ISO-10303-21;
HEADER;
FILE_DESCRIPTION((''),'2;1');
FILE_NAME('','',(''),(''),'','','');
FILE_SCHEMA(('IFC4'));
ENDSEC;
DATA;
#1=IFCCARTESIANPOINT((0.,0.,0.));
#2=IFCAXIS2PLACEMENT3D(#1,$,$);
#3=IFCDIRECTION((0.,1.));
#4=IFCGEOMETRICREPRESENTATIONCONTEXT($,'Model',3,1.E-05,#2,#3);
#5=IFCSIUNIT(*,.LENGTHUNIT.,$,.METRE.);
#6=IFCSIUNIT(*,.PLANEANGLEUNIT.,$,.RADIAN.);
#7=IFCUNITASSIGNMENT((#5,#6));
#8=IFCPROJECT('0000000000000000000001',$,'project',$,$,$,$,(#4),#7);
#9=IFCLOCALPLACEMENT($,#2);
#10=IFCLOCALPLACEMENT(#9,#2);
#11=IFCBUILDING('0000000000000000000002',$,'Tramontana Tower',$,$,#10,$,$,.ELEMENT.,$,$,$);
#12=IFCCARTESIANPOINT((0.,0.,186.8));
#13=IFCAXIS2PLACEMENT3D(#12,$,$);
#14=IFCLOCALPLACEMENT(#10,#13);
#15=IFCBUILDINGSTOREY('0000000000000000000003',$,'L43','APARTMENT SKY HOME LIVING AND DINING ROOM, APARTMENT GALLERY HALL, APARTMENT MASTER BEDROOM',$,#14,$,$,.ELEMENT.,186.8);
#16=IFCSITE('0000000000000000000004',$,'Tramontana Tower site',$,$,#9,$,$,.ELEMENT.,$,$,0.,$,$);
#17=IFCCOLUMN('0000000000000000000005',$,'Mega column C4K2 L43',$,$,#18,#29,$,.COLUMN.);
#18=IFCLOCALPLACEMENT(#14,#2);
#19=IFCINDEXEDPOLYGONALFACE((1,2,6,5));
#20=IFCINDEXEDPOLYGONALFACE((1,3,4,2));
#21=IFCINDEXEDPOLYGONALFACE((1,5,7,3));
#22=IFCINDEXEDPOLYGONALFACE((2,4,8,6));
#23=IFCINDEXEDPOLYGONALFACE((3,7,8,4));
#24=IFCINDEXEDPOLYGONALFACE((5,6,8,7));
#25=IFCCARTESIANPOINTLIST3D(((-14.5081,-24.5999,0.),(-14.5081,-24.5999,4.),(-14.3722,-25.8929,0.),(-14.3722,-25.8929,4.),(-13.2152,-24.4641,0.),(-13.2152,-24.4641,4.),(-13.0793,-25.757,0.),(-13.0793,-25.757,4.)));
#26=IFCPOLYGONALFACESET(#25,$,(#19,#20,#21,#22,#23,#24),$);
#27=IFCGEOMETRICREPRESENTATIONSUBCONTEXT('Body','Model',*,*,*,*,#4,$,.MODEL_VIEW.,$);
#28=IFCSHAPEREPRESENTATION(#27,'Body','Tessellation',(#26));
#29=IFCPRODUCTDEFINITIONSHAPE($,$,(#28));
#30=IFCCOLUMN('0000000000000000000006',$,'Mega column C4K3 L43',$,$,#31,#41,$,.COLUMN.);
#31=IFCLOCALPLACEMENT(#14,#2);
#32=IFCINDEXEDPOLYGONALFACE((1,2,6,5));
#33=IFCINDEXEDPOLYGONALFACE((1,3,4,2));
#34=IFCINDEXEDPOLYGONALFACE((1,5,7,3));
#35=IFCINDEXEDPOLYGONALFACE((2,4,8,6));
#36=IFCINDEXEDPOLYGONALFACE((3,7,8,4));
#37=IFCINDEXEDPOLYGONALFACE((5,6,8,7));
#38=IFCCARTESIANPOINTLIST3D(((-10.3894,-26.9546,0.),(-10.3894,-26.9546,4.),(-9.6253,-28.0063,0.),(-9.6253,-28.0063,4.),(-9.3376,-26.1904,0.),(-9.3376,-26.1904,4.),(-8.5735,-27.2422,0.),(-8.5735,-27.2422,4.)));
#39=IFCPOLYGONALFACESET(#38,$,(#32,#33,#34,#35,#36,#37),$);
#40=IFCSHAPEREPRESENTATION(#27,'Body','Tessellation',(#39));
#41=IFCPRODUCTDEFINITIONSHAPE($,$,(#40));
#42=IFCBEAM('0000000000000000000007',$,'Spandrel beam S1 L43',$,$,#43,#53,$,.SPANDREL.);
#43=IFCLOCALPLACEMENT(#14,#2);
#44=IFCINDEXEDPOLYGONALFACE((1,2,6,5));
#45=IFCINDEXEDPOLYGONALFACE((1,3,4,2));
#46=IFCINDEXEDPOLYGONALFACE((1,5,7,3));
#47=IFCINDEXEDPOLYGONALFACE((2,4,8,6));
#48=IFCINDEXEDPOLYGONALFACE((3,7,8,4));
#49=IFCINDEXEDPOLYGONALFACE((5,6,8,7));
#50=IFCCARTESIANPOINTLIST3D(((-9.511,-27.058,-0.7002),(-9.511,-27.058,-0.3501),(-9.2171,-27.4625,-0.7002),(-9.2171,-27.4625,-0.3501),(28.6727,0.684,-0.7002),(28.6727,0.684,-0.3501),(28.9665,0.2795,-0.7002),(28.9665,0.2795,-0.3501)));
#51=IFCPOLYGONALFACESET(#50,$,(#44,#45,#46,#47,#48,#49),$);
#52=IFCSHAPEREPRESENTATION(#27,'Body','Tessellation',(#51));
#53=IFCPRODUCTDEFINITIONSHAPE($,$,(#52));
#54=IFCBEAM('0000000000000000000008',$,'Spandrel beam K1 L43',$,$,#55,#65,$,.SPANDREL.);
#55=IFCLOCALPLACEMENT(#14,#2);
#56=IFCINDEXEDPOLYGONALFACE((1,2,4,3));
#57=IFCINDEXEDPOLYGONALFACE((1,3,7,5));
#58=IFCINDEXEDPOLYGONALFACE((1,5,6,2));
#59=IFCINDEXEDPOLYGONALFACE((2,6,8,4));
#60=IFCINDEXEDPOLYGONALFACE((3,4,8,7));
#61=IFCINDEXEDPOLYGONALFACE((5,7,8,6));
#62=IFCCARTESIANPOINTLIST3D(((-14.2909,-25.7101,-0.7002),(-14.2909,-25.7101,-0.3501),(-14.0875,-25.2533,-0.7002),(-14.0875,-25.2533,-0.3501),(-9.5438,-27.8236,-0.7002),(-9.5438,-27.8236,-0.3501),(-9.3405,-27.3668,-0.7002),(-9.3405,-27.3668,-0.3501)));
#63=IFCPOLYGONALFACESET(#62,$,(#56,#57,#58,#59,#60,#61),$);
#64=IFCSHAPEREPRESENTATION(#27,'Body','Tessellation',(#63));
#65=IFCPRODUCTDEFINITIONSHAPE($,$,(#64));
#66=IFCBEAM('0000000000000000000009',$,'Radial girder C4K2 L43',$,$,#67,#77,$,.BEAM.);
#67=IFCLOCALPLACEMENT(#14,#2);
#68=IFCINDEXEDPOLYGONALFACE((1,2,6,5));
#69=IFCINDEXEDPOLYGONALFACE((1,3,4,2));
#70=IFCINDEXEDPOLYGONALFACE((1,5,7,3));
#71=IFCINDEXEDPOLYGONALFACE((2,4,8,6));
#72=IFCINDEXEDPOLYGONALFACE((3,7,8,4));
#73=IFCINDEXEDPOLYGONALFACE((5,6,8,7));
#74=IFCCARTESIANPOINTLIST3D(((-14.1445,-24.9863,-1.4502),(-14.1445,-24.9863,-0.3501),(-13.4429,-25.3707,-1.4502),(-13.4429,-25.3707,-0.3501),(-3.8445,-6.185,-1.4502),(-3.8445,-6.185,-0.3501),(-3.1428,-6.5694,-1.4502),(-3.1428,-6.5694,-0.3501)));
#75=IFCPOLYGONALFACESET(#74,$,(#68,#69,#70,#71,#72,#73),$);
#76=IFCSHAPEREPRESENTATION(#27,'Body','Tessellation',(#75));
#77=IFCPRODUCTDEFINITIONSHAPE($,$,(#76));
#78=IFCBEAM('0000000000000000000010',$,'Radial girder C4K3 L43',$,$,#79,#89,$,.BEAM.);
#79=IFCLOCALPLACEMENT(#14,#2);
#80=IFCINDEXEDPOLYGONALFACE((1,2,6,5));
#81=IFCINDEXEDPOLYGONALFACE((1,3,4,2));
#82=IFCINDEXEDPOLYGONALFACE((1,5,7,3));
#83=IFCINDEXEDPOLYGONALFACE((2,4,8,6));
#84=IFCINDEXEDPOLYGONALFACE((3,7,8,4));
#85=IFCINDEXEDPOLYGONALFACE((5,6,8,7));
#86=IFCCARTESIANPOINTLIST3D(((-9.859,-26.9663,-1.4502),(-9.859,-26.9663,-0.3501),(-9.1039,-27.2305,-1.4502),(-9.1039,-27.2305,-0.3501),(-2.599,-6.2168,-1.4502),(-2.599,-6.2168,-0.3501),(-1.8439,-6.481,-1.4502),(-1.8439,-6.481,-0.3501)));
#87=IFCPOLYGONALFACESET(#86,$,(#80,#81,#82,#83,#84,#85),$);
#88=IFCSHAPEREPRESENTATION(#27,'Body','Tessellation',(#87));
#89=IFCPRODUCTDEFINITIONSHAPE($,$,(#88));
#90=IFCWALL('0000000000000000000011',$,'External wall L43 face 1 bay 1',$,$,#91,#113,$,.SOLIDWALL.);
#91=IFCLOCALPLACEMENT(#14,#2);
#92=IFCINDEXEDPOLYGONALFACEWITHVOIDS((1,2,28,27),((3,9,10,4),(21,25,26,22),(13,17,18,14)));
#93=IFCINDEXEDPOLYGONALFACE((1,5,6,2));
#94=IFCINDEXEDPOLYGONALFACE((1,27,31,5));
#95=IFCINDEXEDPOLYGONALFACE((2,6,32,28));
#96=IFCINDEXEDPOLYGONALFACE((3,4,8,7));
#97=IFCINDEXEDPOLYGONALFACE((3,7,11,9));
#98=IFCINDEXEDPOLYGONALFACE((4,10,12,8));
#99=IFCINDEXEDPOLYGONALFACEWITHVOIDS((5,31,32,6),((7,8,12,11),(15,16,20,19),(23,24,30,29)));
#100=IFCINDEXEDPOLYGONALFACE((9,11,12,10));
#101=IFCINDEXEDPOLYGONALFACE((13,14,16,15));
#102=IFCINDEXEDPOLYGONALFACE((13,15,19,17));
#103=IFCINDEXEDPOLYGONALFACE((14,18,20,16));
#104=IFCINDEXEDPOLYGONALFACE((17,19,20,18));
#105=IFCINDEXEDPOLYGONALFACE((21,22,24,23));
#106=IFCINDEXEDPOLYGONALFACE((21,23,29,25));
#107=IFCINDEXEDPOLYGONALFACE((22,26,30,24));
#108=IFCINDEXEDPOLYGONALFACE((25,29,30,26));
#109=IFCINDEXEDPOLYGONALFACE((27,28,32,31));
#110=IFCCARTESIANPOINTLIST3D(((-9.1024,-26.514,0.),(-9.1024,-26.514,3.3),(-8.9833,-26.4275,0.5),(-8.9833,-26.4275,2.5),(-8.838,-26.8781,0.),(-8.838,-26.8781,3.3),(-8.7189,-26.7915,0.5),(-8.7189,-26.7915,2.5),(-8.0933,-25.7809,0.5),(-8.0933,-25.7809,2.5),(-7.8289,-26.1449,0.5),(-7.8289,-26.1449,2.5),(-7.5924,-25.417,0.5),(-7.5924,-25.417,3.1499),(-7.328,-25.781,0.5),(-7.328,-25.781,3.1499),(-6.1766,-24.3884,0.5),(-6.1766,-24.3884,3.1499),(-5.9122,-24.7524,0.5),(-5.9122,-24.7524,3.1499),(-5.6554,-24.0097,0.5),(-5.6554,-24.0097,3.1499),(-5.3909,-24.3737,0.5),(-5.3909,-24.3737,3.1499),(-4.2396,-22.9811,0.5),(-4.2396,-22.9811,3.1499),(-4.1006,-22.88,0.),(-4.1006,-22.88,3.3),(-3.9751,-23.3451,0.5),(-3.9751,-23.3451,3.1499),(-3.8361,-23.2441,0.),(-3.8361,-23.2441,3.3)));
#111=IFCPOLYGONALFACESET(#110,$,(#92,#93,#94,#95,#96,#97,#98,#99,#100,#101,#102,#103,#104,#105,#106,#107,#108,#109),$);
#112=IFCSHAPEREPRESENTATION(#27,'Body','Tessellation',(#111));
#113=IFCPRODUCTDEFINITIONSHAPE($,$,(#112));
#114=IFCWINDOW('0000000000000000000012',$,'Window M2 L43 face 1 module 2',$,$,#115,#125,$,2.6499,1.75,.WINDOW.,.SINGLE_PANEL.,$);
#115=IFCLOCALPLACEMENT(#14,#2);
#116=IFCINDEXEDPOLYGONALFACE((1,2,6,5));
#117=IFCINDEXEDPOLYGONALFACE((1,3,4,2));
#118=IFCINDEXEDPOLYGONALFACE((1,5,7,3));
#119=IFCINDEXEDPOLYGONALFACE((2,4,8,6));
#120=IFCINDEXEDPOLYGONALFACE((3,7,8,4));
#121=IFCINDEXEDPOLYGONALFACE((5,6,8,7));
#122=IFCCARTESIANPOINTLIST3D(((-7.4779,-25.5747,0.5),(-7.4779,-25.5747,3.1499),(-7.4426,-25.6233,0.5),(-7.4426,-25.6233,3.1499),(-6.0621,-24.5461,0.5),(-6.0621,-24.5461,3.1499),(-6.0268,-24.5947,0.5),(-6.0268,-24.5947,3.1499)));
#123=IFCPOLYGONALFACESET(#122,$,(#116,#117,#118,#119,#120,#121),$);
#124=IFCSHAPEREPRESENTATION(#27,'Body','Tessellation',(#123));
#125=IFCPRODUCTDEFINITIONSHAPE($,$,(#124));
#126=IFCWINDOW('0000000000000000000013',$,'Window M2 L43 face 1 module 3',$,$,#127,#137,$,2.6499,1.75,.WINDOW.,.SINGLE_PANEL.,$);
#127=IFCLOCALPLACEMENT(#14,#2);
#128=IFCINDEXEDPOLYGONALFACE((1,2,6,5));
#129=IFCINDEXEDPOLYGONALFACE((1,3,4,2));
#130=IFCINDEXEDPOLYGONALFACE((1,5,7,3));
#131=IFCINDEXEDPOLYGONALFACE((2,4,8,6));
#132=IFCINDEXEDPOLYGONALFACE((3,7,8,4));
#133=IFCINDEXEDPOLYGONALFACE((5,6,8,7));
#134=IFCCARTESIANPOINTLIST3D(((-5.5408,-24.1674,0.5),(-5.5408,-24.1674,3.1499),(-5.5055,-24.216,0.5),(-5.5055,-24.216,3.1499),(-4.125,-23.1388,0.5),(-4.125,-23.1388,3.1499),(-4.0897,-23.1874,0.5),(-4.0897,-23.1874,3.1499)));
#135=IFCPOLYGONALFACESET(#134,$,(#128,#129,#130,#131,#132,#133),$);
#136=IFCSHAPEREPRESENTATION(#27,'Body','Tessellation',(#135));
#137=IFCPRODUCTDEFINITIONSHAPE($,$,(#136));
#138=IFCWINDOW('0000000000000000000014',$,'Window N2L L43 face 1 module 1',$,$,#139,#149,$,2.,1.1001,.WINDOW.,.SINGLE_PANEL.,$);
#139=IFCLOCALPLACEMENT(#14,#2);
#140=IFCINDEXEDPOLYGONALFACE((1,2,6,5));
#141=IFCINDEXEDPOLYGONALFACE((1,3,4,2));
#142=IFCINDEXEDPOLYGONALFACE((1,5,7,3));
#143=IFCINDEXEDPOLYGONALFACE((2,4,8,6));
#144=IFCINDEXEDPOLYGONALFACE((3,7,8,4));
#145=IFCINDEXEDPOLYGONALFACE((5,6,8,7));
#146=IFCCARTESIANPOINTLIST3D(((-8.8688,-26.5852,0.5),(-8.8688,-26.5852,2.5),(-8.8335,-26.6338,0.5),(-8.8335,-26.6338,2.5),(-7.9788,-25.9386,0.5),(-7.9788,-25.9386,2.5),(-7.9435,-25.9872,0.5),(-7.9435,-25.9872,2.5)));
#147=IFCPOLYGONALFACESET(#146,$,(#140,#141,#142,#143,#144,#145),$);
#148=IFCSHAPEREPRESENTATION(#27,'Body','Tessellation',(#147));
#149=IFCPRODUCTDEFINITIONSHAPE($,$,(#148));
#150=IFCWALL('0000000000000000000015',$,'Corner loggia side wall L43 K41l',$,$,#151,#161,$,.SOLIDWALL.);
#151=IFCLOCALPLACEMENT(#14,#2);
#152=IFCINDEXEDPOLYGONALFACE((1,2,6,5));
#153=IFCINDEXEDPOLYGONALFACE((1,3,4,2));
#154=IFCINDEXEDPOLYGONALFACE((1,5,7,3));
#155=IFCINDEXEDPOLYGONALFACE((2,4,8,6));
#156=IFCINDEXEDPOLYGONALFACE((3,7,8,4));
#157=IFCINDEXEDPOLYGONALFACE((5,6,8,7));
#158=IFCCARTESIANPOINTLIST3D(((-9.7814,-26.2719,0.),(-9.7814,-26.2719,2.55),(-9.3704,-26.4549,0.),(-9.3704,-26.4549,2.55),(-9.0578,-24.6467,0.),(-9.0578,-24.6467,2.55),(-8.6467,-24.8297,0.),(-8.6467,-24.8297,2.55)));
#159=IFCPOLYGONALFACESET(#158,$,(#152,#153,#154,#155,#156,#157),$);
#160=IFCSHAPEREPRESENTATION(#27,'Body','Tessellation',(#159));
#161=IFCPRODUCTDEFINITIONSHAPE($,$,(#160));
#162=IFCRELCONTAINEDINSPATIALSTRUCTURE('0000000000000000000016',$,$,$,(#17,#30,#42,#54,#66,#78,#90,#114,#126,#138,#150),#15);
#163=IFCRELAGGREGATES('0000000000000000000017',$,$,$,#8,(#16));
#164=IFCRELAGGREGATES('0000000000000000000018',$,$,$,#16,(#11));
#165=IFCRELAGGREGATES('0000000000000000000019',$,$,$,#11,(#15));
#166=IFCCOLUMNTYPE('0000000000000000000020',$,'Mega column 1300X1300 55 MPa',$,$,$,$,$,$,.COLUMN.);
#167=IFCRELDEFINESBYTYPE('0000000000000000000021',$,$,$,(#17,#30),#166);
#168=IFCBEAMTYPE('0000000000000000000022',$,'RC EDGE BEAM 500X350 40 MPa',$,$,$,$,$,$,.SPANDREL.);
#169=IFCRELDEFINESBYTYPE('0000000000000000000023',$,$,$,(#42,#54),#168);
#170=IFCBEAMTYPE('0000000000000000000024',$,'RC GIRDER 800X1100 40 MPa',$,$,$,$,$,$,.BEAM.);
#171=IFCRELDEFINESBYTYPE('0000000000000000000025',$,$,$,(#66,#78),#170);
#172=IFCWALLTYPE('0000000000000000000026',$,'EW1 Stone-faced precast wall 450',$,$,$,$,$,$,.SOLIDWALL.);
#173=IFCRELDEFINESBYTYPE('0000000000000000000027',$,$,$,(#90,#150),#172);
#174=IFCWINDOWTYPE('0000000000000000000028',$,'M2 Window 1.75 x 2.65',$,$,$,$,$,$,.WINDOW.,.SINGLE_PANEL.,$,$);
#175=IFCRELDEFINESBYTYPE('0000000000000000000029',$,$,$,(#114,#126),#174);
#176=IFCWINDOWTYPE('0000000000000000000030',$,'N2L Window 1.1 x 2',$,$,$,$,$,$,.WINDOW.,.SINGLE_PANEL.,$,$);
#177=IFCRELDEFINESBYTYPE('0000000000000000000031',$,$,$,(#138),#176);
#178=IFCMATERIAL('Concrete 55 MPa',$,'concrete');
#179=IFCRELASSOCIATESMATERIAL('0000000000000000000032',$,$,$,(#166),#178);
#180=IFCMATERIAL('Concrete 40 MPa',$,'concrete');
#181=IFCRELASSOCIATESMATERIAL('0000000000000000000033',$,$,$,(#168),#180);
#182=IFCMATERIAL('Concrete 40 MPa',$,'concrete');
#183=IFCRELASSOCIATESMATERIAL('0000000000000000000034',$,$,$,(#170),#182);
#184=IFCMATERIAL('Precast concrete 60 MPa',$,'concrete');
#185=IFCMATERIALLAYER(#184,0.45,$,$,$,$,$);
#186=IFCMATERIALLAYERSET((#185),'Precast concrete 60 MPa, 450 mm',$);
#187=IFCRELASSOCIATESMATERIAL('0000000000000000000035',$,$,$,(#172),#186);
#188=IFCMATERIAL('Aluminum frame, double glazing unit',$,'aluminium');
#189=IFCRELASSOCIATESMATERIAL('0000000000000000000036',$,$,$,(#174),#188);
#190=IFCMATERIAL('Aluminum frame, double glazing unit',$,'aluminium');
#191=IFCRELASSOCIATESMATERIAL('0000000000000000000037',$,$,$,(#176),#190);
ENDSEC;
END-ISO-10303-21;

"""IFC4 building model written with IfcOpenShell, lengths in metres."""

from ifc_helpers import new_model, si_unit, direction, frame, frame_2d, origin, origin_2d, place, context, subcontext, project, spatial, rectangle, extrude, material, layer, layer_set, material_profile, profile_set, type_object, element, fill, save


model = new_model("IFC4")

# Units and contexts
model_context = context("Model", 3, precision=1e-05, world=origin(), true_north=direction((0.0, 1.0)))
body_context = subcontext(model_context, "Body", "Model", "MODEL_VIEW")
ifc_project = project(units=[si_unit("LENGTHUNIT", "METRE"), si_unit("PLANEANGLEUNIT", "RADIAN")], contexts=[model_context])

# Site, building, storey
site_placement = place(None, origin())
site = spatial("IfcSite", under=ifc_project, at=site_placement, Name="Tramontana Tower site", CompositionType="ELEMENT", RefElevation=0.0)
building_placement = place(site_placement, origin())
building = spatial("IfcBuilding", under=site, at=building_placement, Name="Tramontana Tower", CompositionType="ELEMENT")
storey_placement = place(building_placement, frame((0.0, 0.0, 186.8)))
storey = spatial("IfcBuildingStorey", under=building, at=storey_placement, Name="L43", Description="APARTMENT SKY HOME LIVING AND DINING ROOM, APARTMENT GALLERY HALL, APARTMENT MASTER BEDROOM", CompositionType="ELEMENT", Elevation=186.8)

# Columns
ifc_material_1 = material(Name="Concrete 55 MPa", Category="concrete")
ifc_material_profile_1 = material_profile(ifc_material_1, rectangle(XDim=1.3, YDim=1.3, at=origin_2d()), Name="Mega column 1300X1300 55 MPa")
ifc_profile_set_1 = profile_set([ifc_material_profile_1], Name="Concrete 55 MPa")
column_type = type_object("IfcColumnType", Name="Mega column 1300X1300 55 MPa", PredefinedType="COLUMN", material=ifc_profile_set_1)
for number, where, z_axis, x_axis, name in (
    (1, (-13.7937, -25.1785, 0.0), (0.0, 0.0, 1.0), (0.104528, -0.994522, 0.0), "Mega column C4K2 L43"),
    (2, (-9.4814, -27.0984, 0.0), (0.0, 0.0, 1.0), (0.809017, 0.587785, 0.0), "Mega column C4K3 L43"),
):
    element("IfcColumn", number, at=place(storey_placement, frame(where, z_axis=z_axis, x_axis=x_axis)), inside=storey, type_object=column_type, Name=name, PredefinedType="COLUMN", context=body_context, shape_type="SweptSolid", body=[
        extrude(rectangle(XDim=1.3, YDim=1.3, at=origin_2d()), origin(), (0.0, 0.0, 1.0), 4.0),
    ])

# Beams
ifc_material_2 = material(Name="Concrete 40 MPa", Category="concrete")
ifc_material_profile_2 = material_profile(ifc_material_2, rectangle(XDim=0.5, YDim=0.3501, at=origin_2d()), Name="RC EDGE BEAM 500X350 40 MPa")
ifc_profile_set_2 = profile_set([ifc_material_profile_2], Name="Concrete 40 MPa")
beam_type_1 = type_object("IfcBeamType", Name="RC EDGE BEAM 500X350 40 MPa", PredefinedType="SPANDREL", material=ifc_profile_set_2)
beam_1_placement = place(storey_placement, frame((-9.364, -27.2603, -0.5251), z_axis=(0.809018, 0.587784, 0.0), x_axis=(-0.587784, 0.809018, 0.0)))
element("IfcBeam", 3, at=beam_1_placement, inside=storey, type_object=beam_type_1, Name="Spandrel beam S1 L43", PredefinedType="SPANDREL", context=body_context, shape_type="SweptSolid", body=[
    extrude(rectangle(XDim=0.5, YDim=0.3501, at=origin_2d()), origin(), (0.0, 0.0, 1.0), 47.1975),
])
beam_2_placement = place(storey_placement, frame((-14.1892, -25.4817, -0.5251), z_axis=(0.913546, -0.406736, 0.0), x_axis=(0.406736, 0.913546, 0.0)))
element("IfcBeam", 4, at=beam_2_placement, inside=storey, type_object=beam_type_1, Name="Spandrel beam K1 L43", PredefinedType="SPANDREL", context=body_context, shape_type="SweptSolid", body=[
    extrude(rectangle(XDim=0.5, YDim=0.3501, at=origin_2d()), origin(), (0.0, 0.0, 1.0), 5.1963),
])
ifc_material_3 = material(Name="Concrete 40 MPa", Category="concrete")
ifc_material_profile_3 = material_profile(ifc_material_3, rectangle(XDim=0.8, YDim=1.1001, at=origin_2d()), Name="RC GIRDER 800X1100 40 MPa")
ifc_profile_set_3 = profile_set([ifc_material_profile_3], Name="Concrete 40 MPa")
beam_type_2 = type_object("IfcBeamType", Name="RC GIRDER 800X1100 40 MPa", PredefinedType="BEAM", material=ifc_profile_set_3)
beam_3_placement = place(storey_placement, frame((-13.7937, -25.1785, -0.9001), z_axis=(0.480462, 0.877015, 0.0), x_axis=(-0.877015, 0.480462, 0.0)))
element("IfcBeam", 5, at=beam_3_placement, inside=storey, type_object=beam_type_2, Name="Radial girder C4K2 L43", PredefinedType="BEAM", context=body_context, shape_type="SweptSolid", body=[
    extrude(rectangle(XDim=0.8, YDim=1.1001, at=origin_2d()), origin(), (0.0, 0.0, 1.0), 21.4377),
])
beam_4_placement = place(storey_placement, frame((-9.4814, -27.0984, -0.9001), z_axis=(0.330256, 0.943891, 0.0), x_axis=(-0.943891, 0.330256, 0.0)))
element("IfcBeam", 6, at=beam_4_placement, inside=storey, type_object=beam_type_2, Name="Radial girder C4K3 L43", PredefinedType="BEAM", context=body_context, shape_type="SweptSolid", body=[
    extrude(rectangle(XDim=0.8, YDim=1.1001, at=origin_2d()), origin(), (0.0, 0.0, 1.0), 21.9829),
])

# Wall, openings, windows
ifc_material_4 = material(Name="Precast concrete 60 MPa", Category="concrete")
ifc_layer_1 = layer(ifc_material_4, 0.45)
ifc_layer_set_1 = layer_set([ifc_layer_1], Name="Precast concrete 60 MPa, 450 mm")
wall_type = type_object("IfcWallType", Name="EW1 Stone-faced precast wall 450", PredefinedType="SOLIDWALL", material=ifc_layer_set_1)
wall_1_placement = place(storey_placement, frame((-8.9702, -26.696, 0.0), z_axis=(0.0, 0.0, 1.0), x_axis=(0.809025, 0.587775, 0.0)))
wall_1 = element("IfcWall", 7, at=wall_1_placement, inside=storey, type_object=wall_type, Name="External wall L43 face 1 bay 1", PredefinedType="SOLIDWALL", context=body_context, shape_type="SweptSolid", body=[
    extrude(rectangle(XDim=6.1826, YDim=0.45, at=frame_2d((3.0913, 0.0))), origin(), (0.0, 0.0, 1.0), 3.3),
])
opening_1_placement = place(wall_1_placement, frame((0.1472, 0.0, 0.5)))
opening_1 = element("IfcOpeningElement", 8, at=opening_1_placement, cuts=wall_1, PredefinedType="OPENING", context=body_context, shape_type="SweptSolid", body=[
    extrude(rectangle(XDim=1.1001, YDim=2.0, at=frame_2d((0.55, 1.0))), frame((0.0, 0.2349, 0.0), z_axis=(0.0, -1.0, 0.0), x_axis=(1.0, 0.0, 0.0)), (0.0, 0.0, 1.0), 0.47),
])
opening_2_placement = place(wall_1_placement, frame((1.8665, 0.0, 0.5)))
opening_2 = element("IfcOpeningElement", 9, at=opening_2_placement, cuts=wall_1, PredefinedType="OPENING", context=body_context, shape_type="SweptSolid", body=[
    extrude(rectangle(XDim=1.75, YDim=2.6499, at=frame_2d((0.875, 1.325))), frame((0.0, 0.2349, 0.0), z_axis=(0.0, -1.0, 0.0), x_axis=(1.0, 0.0, 0.0)), (0.0, 0.0, 1.0), 0.47),
])
opening_3_placement = place(wall_1_placement, frame((4.2607, 0.0, 0.5)))
opening_3 = element("IfcOpeningElement", 10, at=opening_3_placement, cuts=wall_1, PredefinedType="OPENING", context=body_context, shape_type="SweptSolid", body=[
    extrude(rectangle(XDim=1.75, YDim=2.6499, at=frame_2d((0.875, 1.325))), frame((0.0, 0.2349, 0.0), z_axis=(0.0, -1.0, 0.0), x_axis=(1.0, 0.0, 0.0)), (0.0, 0.0, 1.0), 0.47),
])
ifc_material_5 = material(Name="Aluminum frame, double glazing unit", Category="aluminium")
window_type_1 = type_object("IfcWindowType", Name="M2 Window 1.75 x 2.65", PartitioningType="SINGLE_PANEL", PredefinedType="WINDOW", material=ifc_material_5)
window_1_placement = place(opening_2_placement, origin())
window_1 = element("IfcWindow", 11, at=window_1_placement, inside=storey, type_object=window_type_1, Name="Window M2 L43 face 1 module 2", OverallHeight=2.6499, OverallWidth=1.75, PartitioningType="SINGLE_PANEL", PredefinedType="WINDOW", context=body_context, shape_type="SweptSolid", body=[
    extrude(rectangle(XDim=1.75, YDim=2.6499, at=frame_2d((0.875, 1.325))), frame((0.0, 0.03, 0.0), z_axis=(0.0, -1.0, 0.0), x_axis=(1.0, 0.0, 0.0)), (0.0, 0.0, 1.0), 0.0601),
])
fill(opening_2, window_1)
window_2_placement = place(opening_3_placement, origin())
window_2 = element("IfcWindow", 12, at=window_2_placement, inside=storey, type_object=window_type_1, Name="Window M2 L43 face 1 module 3", OverallHeight=2.6499, OverallWidth=1.75, PartitioningType="SINGLE_PANEL", PredefinedType="WINDOW", context=body_context, shape_type="SweptSolid", body=[
    extrude(rectangle(XDim=1.75, YDim=2.6499, at=frame_2d((0.875, 1.325))), frame((0.0, 0.03, 0.0), z_axis=(0.0, -1.0, 0.0), x_axis=(1.0, 0.0, 0.0)), (0.0, 0.0, 1.0), 0.0601),
])
fill(opening_3, window_2)
ifc_material_6 = material(Name="Aluminum frame, double glazing unit", Category="aluminium")
window_type_2 = type_object("IfcWindowType", Name="N2L Window 1.1 x 2", PartitioningType="SINGLE_PANEL", PredefinedType="WINDOW", material=ifc_material_6)
window_3_placement = place(opening_1_placement, origin())
window_3 = element("IfcWindow", 13, at=window_3_placement, inside=storey, type_object=window_type_2, Name="Window N2L L43 face 1 module 1", OverallHeight=2.0, OverallWidth=1.1001, PartitioningType="SINGLE_PANEL", PredefinedType="WINDOW", context=body_context, shape_type="SweptSolid", body=[
    extrude(rectangle(XDim=1.1001, YDim=2.0, at=frame_2d((0.55, 1.0))), frame((0.0, 0.03, 0.0), z_axis=(0.0, -1.0, 0.0), x_axis=(1.0, 0.0, 0.0)), (0.0, 0.0, 1.0), 0.0601),
])
fill(opening_1, window_3)

# Wall
wall_2_placement = place(storey_placement, frame((-9.5759, -26.3635, 0.0), z_axis=(0.0, 0.0, 1.0), x_axis=(0.40675, 0.91354, 0.0)))
element("IfcWall", 14, at=wall_2_placement, inside=storey, type_object=wall_type, Name="Corner loggia side wall L43 K41l", PredefinedType="SOLIDWALL", context=body_context, shape_type="SweptSolid", body=[
    extrude(rectangle(XDim=1.7791, YDim=0.45, at=frame_2d((0.8896, 0.0))), origin(), (0.0, 0.0, 1.0), 2.55),
])

save(model, "model.ifc")
